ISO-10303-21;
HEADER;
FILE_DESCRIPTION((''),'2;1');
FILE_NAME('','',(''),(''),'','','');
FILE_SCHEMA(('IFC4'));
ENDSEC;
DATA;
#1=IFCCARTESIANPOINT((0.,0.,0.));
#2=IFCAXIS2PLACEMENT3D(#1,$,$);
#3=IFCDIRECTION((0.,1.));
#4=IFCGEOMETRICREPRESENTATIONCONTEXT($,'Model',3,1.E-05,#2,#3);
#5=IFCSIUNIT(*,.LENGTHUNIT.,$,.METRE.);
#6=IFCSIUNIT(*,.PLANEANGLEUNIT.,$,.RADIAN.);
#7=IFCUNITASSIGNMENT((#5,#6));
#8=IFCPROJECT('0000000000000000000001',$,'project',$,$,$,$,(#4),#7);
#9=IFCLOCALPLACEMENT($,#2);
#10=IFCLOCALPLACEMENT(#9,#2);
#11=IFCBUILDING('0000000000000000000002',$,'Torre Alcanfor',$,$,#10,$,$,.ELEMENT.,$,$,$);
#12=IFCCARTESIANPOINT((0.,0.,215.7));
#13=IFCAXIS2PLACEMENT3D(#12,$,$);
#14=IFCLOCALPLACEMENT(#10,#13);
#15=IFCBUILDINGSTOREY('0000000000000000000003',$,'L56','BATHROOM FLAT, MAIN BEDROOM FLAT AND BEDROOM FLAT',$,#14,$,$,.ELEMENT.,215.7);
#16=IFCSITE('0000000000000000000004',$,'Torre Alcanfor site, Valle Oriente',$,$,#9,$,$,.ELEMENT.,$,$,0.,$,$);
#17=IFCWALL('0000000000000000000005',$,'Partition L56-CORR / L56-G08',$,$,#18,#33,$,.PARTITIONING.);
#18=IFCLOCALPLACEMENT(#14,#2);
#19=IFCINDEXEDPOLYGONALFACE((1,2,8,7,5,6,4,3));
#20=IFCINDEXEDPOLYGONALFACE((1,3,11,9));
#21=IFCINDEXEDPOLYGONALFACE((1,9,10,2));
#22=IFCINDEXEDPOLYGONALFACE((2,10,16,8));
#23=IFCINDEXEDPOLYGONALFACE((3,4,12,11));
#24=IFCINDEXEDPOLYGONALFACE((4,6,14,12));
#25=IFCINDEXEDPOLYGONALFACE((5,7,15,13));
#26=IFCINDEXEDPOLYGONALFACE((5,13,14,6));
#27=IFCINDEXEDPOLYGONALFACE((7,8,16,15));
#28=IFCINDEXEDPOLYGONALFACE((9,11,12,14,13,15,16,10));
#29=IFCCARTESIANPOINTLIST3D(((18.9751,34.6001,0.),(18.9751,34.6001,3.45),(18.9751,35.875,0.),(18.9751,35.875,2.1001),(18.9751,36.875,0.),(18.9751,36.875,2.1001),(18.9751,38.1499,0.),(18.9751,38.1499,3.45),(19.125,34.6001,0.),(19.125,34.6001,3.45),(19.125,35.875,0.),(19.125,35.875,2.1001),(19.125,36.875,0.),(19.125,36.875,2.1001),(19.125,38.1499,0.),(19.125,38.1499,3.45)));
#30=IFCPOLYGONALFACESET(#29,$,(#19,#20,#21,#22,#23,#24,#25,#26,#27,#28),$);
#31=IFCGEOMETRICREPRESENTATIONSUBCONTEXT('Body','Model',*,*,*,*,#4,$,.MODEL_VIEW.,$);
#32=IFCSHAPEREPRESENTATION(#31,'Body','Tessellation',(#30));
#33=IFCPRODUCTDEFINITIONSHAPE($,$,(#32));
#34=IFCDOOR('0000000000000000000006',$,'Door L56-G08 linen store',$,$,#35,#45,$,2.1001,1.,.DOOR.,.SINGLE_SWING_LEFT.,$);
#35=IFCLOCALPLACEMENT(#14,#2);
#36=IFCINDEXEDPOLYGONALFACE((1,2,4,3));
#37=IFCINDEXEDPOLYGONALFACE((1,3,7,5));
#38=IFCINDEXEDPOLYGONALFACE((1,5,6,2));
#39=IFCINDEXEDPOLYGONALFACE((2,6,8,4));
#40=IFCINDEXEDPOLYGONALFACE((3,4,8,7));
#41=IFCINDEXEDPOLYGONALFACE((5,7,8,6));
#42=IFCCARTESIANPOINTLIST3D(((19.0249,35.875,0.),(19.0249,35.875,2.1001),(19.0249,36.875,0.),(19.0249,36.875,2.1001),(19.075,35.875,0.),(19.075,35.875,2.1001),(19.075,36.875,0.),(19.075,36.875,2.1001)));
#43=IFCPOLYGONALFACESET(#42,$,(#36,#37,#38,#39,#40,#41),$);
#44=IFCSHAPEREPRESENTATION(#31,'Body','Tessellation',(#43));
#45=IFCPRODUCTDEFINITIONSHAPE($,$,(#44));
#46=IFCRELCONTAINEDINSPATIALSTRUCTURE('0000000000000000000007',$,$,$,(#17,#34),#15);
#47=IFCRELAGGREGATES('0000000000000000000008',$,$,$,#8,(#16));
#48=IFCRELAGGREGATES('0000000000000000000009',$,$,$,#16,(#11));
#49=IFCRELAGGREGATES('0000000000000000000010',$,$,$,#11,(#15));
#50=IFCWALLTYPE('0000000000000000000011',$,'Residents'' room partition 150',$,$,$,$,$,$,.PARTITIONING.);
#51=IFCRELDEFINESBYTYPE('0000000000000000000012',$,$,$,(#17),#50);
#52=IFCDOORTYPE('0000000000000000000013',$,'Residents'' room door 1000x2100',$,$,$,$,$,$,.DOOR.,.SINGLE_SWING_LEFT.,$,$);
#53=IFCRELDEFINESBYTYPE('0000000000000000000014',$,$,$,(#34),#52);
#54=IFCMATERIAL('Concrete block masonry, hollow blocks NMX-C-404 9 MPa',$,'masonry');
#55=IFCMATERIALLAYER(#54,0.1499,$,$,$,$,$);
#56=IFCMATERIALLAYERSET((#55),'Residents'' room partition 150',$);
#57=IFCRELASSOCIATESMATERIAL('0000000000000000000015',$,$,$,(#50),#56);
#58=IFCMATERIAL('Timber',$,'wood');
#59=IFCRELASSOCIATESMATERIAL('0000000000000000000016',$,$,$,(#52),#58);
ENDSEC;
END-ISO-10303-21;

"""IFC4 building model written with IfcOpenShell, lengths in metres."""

from ifc_helpers import new_model, si_unit, direction, frame, frame_2d, origin, place, context, subcontext, project, spatial, rectangle, extrude, material, layer, layer_set, type_object, element, fill, save


model = new_model("IFC4")

# Units and contexts
model_context = context("Model", 3, precision=1e-05, world=origin(), true_north=direction((0.0, 1.0)))
body_context = subcontext(model_context, "Body", "Model", "MODEL_VIEW")
ifc_project = project(units=[si_unit("LENGTHUNIT", "METRE"), si_unit("PLANEANGLEUNIT", "RADIAN")], contexts=[model_context])

# Site, building, storey
site_placement = place(None, origin())
site = spatial("IfcSite", under=ifc_project, at=site_placement, Name="Torre Alcanfor site, Valle Oriente", CompositionType="ELEMENT", RefElevation=0.0)
building_placement = place(site_placement, origin())
building = spatial("IfcBuilding", under=site, at=building_placement, Name="Torre Alcanfor", CompositionType="ELEMENT")
storey_placement = place(building_placement, frame((0.0, 0.0, 215.7)))
storey = spatial("IfcBuildingStorey", under=building, at=storey_placement, Name="L56", Description="BATHROOM FLAT, MAIN BEDROOM FLAT AND BEDROOM FLAT", CompositionType="ELEMENT", Elevation=215.7)

# Shared definitions
ifc_material_1 = material(Name="Concrete block masonry, hollow blocks NMX-C-404 9 MPa", Category="masonry")
ifc_layer_1 = layer(ifc_material_1, 0.1499)
ifc_layer_set_1 = layer_set([ifc_layer_1], Name="Residents' room partition 150")
wall_type_1 = type_object("IfcWallType", Name="Residents' room partition 150", PredefinedType="PARTITIONING", material=ifc_layer_set_1)

# Wall, opening, door
wall_1_placement = place(storey_placement, frame((19.05, 38.1499, 0.0), z_axis=(0.0, 0.0, 1.0), x_axis=(0.0, -1.0, 0.0)))
wall_1 = element("IfcWall", 1, at=wall_1_placement, inside=storey, type_object=wall_type_1, Name="Partition L56-CORR / L56-G08", PredefinedType="PARTITIONING", context=body_context, shape_type="SweptSolid", body=[
    extrude(rectangle(XDim=3.5498, YDim=0.1499, at=frame_2d((1.7749, 0.0))), origin(), (0.0, 0.0, 1.0), 3.45),
])
opening_1_placement = place(wall_1_placement, frame((1.2749, 0.0, 0.0)))
opening_1 = element("IfcOpeningElement", 2, at=opening_1_placement, cuts=wall_1, PredefinedType="OPENING", context=body_context, shape_type="SweptSolid", body=[
    extrude(rectangle(XDim=1.0, YDim=2.1001, at=frame_2d((0.5, 1.05))), frame((0.0, 0.085, 0.0), z_axis=(0.0, -1.0, 0.0), x_axis=(1.0, 0.0, 0.0)), (0.0, 0.0, 1.0), 0.1699),
])
ifc_material_2 = material(Name="Timber", Category="wood")
door_type_1 = type_object("IfcDoorType", Name="Residents' room door 1000x2100", OperationType="SINGLE_SWING_LEFT", PredefinedType="DOOR", material=ifc_material_2)
door_1_placement = place(opening_1_placement, origin())
door_1 = element("IfcDoor", 3, at=door_1_placement, inside=storey, type_object=door_type_1, Name="Door L56-G08 linen store", OperationType="SINGLE_SWING_LEFT", OverallHeight=2.1001, OverallWidth=1.0, PredefinedType="DOOR", context=body_context, shape_type="SweptSolid", body=[
    extrude(rectangle(XDim=1.0, YDim=2.1001, at=frame_2d((0.5, 1.05))), frame((0.0, 0.0249, 0.0), z_axis=(0.0, -1.0, 0.0), x_axis=(1.0, 0.0, 0.0)), (0.0, 0.0, 1.0), 0.05),
])
fill(opening_1, door_1)

save(model, "model.ifc")
